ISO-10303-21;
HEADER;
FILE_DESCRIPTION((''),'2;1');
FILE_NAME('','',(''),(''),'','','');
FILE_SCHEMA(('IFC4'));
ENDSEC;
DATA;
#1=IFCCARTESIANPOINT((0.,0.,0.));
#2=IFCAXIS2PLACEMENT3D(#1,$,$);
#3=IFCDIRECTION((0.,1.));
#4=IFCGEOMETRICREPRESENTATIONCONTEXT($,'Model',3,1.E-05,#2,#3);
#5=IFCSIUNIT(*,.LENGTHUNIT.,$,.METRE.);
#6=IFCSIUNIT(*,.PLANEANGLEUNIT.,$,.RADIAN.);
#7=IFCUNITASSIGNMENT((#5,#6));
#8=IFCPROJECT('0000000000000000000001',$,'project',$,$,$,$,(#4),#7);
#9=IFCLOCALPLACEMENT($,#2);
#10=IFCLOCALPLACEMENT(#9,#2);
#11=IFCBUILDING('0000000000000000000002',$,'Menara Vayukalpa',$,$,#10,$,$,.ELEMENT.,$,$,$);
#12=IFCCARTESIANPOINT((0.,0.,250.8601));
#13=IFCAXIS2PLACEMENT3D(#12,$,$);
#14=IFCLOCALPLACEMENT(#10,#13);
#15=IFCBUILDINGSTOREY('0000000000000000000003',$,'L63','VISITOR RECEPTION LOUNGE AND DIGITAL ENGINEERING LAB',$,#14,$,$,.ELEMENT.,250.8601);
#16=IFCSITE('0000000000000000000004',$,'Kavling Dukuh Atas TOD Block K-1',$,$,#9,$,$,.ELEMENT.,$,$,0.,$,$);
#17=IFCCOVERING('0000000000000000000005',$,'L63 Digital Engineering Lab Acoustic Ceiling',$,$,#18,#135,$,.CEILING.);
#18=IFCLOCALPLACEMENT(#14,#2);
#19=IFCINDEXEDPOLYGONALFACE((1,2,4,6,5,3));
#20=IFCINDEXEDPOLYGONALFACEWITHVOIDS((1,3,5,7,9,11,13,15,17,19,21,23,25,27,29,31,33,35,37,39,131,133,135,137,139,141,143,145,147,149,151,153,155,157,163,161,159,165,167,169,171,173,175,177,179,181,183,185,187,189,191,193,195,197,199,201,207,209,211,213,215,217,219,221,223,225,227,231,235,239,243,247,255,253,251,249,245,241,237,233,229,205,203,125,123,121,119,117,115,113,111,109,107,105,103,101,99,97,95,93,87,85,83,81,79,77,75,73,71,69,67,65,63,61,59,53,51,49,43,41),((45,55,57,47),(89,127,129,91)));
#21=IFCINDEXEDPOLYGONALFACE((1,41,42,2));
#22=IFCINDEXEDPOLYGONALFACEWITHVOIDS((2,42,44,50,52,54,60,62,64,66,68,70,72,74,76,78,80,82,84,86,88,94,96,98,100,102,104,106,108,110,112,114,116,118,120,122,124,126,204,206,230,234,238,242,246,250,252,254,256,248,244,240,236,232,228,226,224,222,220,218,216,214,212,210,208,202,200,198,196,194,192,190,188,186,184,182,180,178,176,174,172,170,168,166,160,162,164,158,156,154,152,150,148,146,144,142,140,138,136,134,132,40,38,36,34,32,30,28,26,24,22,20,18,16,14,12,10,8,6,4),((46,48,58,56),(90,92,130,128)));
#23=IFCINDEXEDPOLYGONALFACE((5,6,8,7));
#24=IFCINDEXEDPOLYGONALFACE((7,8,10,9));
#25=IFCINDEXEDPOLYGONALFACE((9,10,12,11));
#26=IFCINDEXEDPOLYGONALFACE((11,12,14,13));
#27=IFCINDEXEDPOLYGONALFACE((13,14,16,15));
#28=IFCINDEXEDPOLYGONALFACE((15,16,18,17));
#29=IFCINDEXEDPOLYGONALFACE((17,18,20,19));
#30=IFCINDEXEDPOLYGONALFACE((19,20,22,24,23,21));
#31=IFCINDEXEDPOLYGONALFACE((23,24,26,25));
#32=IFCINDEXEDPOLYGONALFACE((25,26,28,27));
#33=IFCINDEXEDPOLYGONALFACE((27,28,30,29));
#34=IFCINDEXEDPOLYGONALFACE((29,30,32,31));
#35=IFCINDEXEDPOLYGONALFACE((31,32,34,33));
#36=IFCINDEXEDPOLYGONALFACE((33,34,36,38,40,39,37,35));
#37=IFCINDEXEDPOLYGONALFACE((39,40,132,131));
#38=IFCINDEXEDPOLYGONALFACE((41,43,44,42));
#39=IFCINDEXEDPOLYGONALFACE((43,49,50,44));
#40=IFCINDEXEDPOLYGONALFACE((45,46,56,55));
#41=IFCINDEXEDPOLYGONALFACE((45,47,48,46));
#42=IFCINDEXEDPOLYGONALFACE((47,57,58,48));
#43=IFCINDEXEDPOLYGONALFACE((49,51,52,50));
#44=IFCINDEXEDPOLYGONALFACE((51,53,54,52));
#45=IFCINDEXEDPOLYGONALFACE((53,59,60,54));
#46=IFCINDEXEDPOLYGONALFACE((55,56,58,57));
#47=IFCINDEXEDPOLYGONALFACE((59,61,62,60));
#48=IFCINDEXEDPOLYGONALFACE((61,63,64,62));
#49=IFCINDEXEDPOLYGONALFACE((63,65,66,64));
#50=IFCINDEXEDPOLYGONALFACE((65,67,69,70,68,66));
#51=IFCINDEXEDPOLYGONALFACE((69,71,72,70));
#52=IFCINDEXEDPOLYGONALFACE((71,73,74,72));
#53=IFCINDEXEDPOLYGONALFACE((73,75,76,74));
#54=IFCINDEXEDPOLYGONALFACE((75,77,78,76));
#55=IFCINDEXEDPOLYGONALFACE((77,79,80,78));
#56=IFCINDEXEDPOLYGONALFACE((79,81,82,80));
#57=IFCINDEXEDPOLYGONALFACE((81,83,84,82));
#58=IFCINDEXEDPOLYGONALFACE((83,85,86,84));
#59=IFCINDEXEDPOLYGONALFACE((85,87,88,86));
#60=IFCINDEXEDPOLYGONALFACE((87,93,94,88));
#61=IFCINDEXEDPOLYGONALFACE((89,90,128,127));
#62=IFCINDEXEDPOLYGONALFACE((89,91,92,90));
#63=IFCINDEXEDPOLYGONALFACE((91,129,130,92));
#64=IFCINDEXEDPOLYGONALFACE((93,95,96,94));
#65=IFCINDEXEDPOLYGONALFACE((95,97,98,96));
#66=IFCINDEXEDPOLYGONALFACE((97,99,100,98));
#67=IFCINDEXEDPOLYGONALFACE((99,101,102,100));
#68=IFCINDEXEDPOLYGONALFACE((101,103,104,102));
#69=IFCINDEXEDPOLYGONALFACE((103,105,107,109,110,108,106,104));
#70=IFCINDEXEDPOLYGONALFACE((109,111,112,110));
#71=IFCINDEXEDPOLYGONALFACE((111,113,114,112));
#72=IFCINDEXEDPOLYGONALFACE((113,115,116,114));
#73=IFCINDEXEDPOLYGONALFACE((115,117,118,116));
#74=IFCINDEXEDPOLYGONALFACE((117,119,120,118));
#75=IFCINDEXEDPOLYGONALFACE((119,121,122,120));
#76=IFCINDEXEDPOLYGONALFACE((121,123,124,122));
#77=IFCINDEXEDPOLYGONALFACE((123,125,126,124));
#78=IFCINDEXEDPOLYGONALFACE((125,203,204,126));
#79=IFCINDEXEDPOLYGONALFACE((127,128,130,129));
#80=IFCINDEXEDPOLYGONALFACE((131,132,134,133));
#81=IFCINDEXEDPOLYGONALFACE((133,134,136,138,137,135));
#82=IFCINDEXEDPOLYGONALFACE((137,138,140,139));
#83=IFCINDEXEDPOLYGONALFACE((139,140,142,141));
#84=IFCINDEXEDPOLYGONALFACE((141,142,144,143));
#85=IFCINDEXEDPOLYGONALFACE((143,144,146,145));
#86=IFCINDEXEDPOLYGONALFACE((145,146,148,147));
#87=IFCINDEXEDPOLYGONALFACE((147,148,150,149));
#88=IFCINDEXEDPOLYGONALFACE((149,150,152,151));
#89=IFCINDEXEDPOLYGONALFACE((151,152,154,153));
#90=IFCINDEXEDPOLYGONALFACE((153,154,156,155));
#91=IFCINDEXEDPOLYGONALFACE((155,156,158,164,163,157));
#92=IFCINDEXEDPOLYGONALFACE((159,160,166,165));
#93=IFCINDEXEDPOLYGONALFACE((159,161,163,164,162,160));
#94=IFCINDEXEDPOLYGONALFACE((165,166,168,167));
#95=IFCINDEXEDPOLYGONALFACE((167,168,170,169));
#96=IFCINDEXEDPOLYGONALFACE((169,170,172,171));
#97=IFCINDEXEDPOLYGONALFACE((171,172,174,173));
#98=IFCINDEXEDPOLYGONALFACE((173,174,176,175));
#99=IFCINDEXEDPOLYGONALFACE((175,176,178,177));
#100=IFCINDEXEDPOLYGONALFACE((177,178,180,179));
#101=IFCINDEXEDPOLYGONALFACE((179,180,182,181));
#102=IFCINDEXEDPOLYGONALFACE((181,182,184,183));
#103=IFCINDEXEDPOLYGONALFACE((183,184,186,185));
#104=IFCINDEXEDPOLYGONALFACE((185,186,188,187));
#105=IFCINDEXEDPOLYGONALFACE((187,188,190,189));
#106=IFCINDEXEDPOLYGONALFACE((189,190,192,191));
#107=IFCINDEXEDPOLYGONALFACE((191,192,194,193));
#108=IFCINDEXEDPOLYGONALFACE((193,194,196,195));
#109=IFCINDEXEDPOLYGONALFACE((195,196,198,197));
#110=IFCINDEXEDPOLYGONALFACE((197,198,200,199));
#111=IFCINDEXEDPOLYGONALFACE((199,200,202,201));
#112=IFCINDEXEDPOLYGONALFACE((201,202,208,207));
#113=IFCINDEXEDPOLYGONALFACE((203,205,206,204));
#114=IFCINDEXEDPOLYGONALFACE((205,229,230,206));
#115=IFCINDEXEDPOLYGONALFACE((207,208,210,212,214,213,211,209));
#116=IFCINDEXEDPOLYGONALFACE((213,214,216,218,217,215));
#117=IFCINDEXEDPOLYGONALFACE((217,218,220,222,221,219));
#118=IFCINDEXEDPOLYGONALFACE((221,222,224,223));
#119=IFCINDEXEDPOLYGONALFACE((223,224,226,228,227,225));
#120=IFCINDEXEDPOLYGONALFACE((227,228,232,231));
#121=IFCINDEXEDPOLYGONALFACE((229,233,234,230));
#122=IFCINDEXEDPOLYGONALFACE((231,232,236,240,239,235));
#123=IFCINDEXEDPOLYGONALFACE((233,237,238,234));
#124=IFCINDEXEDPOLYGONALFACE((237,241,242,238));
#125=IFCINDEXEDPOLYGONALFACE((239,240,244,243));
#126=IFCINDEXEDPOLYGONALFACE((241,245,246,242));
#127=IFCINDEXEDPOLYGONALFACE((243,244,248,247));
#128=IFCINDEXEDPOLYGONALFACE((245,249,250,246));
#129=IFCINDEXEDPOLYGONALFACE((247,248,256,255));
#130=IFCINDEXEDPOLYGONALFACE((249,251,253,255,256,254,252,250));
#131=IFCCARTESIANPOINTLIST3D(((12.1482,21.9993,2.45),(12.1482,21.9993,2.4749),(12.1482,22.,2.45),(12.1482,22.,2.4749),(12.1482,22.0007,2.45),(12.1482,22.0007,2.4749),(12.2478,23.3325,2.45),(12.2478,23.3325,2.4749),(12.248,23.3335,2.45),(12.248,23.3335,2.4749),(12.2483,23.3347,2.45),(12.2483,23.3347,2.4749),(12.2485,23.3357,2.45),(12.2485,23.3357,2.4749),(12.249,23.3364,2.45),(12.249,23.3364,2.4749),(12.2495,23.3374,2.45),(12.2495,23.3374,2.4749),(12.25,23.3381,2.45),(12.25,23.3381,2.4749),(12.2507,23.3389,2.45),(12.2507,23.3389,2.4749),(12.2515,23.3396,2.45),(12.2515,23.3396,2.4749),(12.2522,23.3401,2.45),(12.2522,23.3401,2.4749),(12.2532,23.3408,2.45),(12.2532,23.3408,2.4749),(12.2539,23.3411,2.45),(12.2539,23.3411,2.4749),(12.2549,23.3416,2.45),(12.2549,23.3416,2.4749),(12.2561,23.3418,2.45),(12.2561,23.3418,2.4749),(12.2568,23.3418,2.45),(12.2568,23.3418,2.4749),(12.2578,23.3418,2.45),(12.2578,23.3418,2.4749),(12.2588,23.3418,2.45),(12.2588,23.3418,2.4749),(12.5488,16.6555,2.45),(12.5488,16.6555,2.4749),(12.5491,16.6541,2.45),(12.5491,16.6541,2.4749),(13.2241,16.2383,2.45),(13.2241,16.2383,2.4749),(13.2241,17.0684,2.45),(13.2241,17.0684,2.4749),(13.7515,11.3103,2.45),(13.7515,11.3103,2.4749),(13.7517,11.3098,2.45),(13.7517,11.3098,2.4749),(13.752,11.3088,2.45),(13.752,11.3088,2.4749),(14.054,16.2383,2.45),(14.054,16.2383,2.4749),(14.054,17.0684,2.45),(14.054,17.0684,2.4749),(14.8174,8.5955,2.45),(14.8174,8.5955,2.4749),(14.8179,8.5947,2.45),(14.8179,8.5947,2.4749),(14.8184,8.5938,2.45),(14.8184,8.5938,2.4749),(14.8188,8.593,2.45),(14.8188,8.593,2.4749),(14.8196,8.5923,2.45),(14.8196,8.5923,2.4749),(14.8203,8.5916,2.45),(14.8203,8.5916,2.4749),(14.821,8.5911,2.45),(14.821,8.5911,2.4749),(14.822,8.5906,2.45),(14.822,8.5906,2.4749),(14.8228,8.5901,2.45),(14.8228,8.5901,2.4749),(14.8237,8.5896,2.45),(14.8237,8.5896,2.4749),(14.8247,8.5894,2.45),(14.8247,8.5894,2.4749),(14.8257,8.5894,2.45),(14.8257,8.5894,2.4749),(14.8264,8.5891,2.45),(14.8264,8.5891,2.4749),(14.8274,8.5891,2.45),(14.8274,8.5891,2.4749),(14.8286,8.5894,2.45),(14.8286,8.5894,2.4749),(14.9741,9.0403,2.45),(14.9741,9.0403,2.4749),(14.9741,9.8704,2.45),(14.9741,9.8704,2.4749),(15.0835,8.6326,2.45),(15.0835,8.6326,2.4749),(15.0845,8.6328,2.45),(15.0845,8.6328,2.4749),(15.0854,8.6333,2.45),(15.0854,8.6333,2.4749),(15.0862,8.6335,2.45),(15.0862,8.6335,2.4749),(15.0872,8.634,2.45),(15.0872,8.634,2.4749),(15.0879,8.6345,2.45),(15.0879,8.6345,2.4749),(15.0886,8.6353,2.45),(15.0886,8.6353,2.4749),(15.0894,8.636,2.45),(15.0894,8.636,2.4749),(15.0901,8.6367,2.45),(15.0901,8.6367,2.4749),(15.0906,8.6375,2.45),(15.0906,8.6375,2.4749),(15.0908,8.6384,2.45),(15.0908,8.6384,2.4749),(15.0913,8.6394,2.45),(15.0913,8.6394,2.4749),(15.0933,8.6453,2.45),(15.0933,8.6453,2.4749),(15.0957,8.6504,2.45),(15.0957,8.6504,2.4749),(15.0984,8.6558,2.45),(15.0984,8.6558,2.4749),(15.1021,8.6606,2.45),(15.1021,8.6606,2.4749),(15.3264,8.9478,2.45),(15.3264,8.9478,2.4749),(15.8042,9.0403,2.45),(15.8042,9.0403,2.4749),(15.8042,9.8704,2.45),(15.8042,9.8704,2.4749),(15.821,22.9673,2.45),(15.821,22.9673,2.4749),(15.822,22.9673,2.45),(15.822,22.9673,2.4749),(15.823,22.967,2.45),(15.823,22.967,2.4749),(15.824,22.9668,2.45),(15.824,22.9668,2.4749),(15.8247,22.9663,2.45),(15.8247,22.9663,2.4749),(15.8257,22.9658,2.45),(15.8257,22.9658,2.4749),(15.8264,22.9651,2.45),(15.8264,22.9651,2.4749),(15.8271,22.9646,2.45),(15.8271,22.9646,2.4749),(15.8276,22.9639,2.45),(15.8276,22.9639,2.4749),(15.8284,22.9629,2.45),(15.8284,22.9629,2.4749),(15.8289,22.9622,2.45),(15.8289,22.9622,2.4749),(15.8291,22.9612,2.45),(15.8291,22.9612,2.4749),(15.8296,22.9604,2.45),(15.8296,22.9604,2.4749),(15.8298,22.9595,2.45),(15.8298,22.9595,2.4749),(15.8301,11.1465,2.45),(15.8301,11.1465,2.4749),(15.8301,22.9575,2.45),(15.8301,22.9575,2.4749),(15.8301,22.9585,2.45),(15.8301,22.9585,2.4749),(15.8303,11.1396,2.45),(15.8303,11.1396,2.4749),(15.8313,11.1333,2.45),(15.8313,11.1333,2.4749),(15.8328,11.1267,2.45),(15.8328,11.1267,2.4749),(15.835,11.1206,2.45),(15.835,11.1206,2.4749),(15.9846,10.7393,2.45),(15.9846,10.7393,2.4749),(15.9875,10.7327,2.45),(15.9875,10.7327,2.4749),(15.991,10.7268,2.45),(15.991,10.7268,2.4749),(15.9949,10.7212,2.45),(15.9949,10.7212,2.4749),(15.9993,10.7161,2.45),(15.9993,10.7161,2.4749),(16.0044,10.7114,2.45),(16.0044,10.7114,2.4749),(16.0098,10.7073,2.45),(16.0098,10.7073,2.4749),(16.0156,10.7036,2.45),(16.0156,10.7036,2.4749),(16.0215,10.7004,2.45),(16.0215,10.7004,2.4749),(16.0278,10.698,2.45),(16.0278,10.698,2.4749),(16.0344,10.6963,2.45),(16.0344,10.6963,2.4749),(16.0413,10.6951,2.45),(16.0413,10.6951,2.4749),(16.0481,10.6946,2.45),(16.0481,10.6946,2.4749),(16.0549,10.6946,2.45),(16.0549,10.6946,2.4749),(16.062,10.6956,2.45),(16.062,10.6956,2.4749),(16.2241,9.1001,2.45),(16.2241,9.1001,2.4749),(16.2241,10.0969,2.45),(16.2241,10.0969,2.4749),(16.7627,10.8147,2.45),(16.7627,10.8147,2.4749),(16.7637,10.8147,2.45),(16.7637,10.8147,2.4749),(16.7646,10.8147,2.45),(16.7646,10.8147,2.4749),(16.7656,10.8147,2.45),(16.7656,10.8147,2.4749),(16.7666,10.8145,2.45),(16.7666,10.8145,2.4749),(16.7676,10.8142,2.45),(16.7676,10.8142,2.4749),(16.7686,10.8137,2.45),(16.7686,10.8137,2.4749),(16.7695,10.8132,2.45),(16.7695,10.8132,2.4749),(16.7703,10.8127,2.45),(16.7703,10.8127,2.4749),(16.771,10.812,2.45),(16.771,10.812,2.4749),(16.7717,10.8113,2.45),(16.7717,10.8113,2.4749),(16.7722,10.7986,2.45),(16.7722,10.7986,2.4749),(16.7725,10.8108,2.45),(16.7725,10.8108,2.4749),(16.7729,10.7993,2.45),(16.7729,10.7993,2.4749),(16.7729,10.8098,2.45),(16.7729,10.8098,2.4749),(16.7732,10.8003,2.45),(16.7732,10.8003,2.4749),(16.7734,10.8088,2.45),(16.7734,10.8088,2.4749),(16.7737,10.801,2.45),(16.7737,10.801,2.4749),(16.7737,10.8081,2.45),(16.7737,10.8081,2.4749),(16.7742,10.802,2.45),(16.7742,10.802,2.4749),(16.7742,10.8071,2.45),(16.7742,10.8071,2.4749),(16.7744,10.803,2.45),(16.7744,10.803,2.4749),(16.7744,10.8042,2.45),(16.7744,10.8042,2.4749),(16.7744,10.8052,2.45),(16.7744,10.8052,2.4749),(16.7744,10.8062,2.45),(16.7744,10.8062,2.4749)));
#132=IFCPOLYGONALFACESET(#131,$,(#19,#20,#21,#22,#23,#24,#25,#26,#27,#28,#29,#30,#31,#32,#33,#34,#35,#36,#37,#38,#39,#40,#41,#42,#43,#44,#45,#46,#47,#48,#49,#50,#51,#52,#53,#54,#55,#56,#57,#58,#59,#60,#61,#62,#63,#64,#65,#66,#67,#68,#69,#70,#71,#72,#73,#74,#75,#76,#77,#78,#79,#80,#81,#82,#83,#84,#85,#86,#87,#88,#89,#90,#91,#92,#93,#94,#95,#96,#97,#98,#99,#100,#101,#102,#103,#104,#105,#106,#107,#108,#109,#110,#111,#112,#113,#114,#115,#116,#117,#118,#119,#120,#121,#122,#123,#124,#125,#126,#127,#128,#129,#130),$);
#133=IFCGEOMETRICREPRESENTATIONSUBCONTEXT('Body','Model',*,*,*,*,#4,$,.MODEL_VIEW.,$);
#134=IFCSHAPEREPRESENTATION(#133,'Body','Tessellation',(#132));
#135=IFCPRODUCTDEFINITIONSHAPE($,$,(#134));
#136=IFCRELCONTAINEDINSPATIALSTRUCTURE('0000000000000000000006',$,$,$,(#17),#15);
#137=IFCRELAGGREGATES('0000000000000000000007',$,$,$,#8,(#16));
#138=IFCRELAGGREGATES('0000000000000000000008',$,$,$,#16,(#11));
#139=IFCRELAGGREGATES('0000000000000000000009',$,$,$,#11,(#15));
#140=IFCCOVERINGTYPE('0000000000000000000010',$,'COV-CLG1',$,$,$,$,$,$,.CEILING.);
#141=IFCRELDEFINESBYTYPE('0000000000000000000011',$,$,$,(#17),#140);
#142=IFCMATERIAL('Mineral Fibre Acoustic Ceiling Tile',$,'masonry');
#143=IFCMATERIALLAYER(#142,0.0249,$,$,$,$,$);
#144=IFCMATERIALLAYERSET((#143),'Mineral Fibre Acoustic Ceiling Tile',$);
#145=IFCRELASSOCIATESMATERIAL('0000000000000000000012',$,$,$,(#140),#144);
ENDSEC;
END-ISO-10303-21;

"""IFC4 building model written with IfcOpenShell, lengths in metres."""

from ifc_helpers import new_model, si_unit, direction, frame, origin, place, context, subcontext, project, spatial, polyline, outline, extrude, material, layer, layer_set, type_object, element, save


model = new_model("IFC4")

# Units and contexts
model_context = context("Model", 3, precision=1e-05, world=origin(), true_north=direction((0.0, 1.0)))
body_context = subcontext(model_context, "Body", "Model", "MODEL_VIEW")
ifc_project = project(units=[si_unit("LENGTHUNIT", "METRE"), si_unit("PLANEANGLEUNIT", "RADIAN")], contexts=[model_context])

# Site, building, storey
site_placement = place(None, origin())
site = spatial("IfcSite", under=ifc_project, at=site_placement, Name="Kavling Dukuh Atas TOD Block K-1", CompositionType="ELEMENT", RefElevation=0.0)
building_placement = place(site_placement, origin())
building = spatial("IfcBuilding", under=site, at=building_placement, Name="Menara Vayukalpa", CompositionType="ELEMENT")
storey_placement = place(building_placement, frame((0.0, 0.0, 250.8601)))
storey = spatial("IfcBuildingStorey", under=building, at=storey_placement, Name="L63", Description="VISITOR RECEPTION LOUNGE AND DIGITAL ENGINEERING LAB", CompositionType="ELEMENT", Elevation=250.8601)

# Covering
ifc_material_1 = material(Name="Mineral Fibre Acoustic Ceiling Tile", Category="masonry")
ifc_layer_1 = layer(ifc_material_1, 0.0249)
ifc_layer_set_1 = layer_set([ifc_layer_1], Name="Mineral Fibre Acoustic Ceiling Tile")
covering_type_1 = type_object("IfcCoveringType", Name="COV-CLG1", PredefinedType="CEILING", material=ifc_layer_set_1)
covering_1_placement = place(storey_placement, frame((0.0, 0.0, 2.45)))
element("IfcCovering", 1, at=covering_1_placement, inside=storey, type_object=covering_type_1, Name="L63 Digital Engineering Lab Acoustic Ceiling", PredefinedType="CEILING", context=body_context, shape_type="SweptSolid", body=[
    extrude(outline(polyline([(15.3264, 8.9478), (15.1021, 8.6606), (15.0984, 8.6558), (15.0957, 8.6504), (15.0933, 8.6453), (15.0913, 8.6394), (15.0908, 8.6384), (15.0906, 8.6375), (15.0901, 8.6367), (15.0894, 8.636), (15.0886, 8.6353), (15.0879, 8.6345), (15.0872, 8.634), (15.0862, 8.6335), (15.0854, 8.6333), (15.0845, 8.6328), (15.0835, 8.6326), (14.8286, 8.5894), (14.8274, 8.5891), (14.8264, 8.5891), (14.8257, 8.5894), (14.8247, 8.5894), (14.8237, 8.5896), (14.8228, 8.5901), (14.822, 8.5906), (14.821, 8.5911), (14.8203, 8.5916), (14.8196, 8.5923), (14.8188, 8.593), (14.8184, 8.5938), (14.8179, 8.5947), (14.8174, 8.5955), (13.752, 11.3088), (13.7517, 11.3098), (13.7515, 11.3103), (12.5491, 16.6541), (12.5488, 16.6555), (12.1482, 21.9993), (12.1482, 22.0), (12.1482, 22.0007), (12.2478, 23.3325), (12.248, 23.3335), (12.2483, 23.3347), (12.2485, 23.3357), (12.249, 23.3364), (12.2495, 23.3374), (12.25, 23.3381), (12.2507, 23.3389), (12.2515, 23.3396), (12.2522, 23.3401), (12.2532, 23.3408), (12.2539, 23.3411), (12.2549, 23.3416), (12.2561, 23.3418), (12.2568, 23.3418), (12.2578, 23.3418), (12.2588, 23.3418), (15.821, 22.9673), (15.822, 22.9673), (15.823, 22.967), (15.824, 22.9668), (15.8247, 22.9663), (15.8257, 22.9658), (15.8264, 22.9651), (15.8271, 22.9646), (15.8276, 22.9639), (15.8284, 22.9629), (15.8289, 22.9622), (15.8291, 22.9612), (15.8296, 22.9604), (15.8298, 22.9595), (15.8301, 22.9585), (15.8301, 22.9575), (15.8301, 11.1465), (15.8303, 11.1396), (15.8313, 11.1333), (15.8328, 11.1267), (15.835, 11.1206), (15.9846, 10.7393), (15.9875, 10.7327), (15.991, 10.7268), (15.9949, 10.7212), (15.9993, 10.7161), (16.0044, 10.7114), (16.0098, 10.7073), (16.0156, 10.7036), (16.0215, 10.7004), (16.0278, 10.698), (16.0344, 10.6963), (16.0413, 10.6951), (16.0481, 10.6946), (16.0549, 10.6946), (16.062, 10.6956), (16.7627, 10.8147), (16.7637, 10.8147), (16.7646, 10.8147), (16.7656, 10.8147), (16.7666, 10.8145), (16.7676, 10.8142), (16.7686, 10.8137), (16.7695, 10.8132), (16.7703, 10.8127), (16.771, 10.812), (16.7717, 10.8113), (16.7725, 10.8108), (16.7729, 10.8098), (16.7734, 10.8088), (16.7737, 10.8081), (16.7742, 10.8071), (16.7744, 10.8062), (16.7744, 10.8052), (16.7744, 10.8042), (16.7744, 10.803), (16.7742, 10.802), (16.7737, 10.801), (16.7732, 10.8003), (16.7729, 10.7993), (16.7722, 10.7986), (16.2241, 10.0969), (16.2241, 9.1001), (15.3264, 8.9478)]), holes=[polyline([(14.9741, 9.8704), (14.9741, 9.0403), (15.8042, 9.0403), (15.8042, 9.8704), (14.9741, 9.8704)]), polyline([(14.054, 17.0684), (13.2241, 17.0684), (13.2241, 16.2383), (14.054, 16.2383), (14.054, 17.0684)])]), origin(), (0.0, 0.0, 1.0), 0.0249),
])

save(model, "model.ifc")
